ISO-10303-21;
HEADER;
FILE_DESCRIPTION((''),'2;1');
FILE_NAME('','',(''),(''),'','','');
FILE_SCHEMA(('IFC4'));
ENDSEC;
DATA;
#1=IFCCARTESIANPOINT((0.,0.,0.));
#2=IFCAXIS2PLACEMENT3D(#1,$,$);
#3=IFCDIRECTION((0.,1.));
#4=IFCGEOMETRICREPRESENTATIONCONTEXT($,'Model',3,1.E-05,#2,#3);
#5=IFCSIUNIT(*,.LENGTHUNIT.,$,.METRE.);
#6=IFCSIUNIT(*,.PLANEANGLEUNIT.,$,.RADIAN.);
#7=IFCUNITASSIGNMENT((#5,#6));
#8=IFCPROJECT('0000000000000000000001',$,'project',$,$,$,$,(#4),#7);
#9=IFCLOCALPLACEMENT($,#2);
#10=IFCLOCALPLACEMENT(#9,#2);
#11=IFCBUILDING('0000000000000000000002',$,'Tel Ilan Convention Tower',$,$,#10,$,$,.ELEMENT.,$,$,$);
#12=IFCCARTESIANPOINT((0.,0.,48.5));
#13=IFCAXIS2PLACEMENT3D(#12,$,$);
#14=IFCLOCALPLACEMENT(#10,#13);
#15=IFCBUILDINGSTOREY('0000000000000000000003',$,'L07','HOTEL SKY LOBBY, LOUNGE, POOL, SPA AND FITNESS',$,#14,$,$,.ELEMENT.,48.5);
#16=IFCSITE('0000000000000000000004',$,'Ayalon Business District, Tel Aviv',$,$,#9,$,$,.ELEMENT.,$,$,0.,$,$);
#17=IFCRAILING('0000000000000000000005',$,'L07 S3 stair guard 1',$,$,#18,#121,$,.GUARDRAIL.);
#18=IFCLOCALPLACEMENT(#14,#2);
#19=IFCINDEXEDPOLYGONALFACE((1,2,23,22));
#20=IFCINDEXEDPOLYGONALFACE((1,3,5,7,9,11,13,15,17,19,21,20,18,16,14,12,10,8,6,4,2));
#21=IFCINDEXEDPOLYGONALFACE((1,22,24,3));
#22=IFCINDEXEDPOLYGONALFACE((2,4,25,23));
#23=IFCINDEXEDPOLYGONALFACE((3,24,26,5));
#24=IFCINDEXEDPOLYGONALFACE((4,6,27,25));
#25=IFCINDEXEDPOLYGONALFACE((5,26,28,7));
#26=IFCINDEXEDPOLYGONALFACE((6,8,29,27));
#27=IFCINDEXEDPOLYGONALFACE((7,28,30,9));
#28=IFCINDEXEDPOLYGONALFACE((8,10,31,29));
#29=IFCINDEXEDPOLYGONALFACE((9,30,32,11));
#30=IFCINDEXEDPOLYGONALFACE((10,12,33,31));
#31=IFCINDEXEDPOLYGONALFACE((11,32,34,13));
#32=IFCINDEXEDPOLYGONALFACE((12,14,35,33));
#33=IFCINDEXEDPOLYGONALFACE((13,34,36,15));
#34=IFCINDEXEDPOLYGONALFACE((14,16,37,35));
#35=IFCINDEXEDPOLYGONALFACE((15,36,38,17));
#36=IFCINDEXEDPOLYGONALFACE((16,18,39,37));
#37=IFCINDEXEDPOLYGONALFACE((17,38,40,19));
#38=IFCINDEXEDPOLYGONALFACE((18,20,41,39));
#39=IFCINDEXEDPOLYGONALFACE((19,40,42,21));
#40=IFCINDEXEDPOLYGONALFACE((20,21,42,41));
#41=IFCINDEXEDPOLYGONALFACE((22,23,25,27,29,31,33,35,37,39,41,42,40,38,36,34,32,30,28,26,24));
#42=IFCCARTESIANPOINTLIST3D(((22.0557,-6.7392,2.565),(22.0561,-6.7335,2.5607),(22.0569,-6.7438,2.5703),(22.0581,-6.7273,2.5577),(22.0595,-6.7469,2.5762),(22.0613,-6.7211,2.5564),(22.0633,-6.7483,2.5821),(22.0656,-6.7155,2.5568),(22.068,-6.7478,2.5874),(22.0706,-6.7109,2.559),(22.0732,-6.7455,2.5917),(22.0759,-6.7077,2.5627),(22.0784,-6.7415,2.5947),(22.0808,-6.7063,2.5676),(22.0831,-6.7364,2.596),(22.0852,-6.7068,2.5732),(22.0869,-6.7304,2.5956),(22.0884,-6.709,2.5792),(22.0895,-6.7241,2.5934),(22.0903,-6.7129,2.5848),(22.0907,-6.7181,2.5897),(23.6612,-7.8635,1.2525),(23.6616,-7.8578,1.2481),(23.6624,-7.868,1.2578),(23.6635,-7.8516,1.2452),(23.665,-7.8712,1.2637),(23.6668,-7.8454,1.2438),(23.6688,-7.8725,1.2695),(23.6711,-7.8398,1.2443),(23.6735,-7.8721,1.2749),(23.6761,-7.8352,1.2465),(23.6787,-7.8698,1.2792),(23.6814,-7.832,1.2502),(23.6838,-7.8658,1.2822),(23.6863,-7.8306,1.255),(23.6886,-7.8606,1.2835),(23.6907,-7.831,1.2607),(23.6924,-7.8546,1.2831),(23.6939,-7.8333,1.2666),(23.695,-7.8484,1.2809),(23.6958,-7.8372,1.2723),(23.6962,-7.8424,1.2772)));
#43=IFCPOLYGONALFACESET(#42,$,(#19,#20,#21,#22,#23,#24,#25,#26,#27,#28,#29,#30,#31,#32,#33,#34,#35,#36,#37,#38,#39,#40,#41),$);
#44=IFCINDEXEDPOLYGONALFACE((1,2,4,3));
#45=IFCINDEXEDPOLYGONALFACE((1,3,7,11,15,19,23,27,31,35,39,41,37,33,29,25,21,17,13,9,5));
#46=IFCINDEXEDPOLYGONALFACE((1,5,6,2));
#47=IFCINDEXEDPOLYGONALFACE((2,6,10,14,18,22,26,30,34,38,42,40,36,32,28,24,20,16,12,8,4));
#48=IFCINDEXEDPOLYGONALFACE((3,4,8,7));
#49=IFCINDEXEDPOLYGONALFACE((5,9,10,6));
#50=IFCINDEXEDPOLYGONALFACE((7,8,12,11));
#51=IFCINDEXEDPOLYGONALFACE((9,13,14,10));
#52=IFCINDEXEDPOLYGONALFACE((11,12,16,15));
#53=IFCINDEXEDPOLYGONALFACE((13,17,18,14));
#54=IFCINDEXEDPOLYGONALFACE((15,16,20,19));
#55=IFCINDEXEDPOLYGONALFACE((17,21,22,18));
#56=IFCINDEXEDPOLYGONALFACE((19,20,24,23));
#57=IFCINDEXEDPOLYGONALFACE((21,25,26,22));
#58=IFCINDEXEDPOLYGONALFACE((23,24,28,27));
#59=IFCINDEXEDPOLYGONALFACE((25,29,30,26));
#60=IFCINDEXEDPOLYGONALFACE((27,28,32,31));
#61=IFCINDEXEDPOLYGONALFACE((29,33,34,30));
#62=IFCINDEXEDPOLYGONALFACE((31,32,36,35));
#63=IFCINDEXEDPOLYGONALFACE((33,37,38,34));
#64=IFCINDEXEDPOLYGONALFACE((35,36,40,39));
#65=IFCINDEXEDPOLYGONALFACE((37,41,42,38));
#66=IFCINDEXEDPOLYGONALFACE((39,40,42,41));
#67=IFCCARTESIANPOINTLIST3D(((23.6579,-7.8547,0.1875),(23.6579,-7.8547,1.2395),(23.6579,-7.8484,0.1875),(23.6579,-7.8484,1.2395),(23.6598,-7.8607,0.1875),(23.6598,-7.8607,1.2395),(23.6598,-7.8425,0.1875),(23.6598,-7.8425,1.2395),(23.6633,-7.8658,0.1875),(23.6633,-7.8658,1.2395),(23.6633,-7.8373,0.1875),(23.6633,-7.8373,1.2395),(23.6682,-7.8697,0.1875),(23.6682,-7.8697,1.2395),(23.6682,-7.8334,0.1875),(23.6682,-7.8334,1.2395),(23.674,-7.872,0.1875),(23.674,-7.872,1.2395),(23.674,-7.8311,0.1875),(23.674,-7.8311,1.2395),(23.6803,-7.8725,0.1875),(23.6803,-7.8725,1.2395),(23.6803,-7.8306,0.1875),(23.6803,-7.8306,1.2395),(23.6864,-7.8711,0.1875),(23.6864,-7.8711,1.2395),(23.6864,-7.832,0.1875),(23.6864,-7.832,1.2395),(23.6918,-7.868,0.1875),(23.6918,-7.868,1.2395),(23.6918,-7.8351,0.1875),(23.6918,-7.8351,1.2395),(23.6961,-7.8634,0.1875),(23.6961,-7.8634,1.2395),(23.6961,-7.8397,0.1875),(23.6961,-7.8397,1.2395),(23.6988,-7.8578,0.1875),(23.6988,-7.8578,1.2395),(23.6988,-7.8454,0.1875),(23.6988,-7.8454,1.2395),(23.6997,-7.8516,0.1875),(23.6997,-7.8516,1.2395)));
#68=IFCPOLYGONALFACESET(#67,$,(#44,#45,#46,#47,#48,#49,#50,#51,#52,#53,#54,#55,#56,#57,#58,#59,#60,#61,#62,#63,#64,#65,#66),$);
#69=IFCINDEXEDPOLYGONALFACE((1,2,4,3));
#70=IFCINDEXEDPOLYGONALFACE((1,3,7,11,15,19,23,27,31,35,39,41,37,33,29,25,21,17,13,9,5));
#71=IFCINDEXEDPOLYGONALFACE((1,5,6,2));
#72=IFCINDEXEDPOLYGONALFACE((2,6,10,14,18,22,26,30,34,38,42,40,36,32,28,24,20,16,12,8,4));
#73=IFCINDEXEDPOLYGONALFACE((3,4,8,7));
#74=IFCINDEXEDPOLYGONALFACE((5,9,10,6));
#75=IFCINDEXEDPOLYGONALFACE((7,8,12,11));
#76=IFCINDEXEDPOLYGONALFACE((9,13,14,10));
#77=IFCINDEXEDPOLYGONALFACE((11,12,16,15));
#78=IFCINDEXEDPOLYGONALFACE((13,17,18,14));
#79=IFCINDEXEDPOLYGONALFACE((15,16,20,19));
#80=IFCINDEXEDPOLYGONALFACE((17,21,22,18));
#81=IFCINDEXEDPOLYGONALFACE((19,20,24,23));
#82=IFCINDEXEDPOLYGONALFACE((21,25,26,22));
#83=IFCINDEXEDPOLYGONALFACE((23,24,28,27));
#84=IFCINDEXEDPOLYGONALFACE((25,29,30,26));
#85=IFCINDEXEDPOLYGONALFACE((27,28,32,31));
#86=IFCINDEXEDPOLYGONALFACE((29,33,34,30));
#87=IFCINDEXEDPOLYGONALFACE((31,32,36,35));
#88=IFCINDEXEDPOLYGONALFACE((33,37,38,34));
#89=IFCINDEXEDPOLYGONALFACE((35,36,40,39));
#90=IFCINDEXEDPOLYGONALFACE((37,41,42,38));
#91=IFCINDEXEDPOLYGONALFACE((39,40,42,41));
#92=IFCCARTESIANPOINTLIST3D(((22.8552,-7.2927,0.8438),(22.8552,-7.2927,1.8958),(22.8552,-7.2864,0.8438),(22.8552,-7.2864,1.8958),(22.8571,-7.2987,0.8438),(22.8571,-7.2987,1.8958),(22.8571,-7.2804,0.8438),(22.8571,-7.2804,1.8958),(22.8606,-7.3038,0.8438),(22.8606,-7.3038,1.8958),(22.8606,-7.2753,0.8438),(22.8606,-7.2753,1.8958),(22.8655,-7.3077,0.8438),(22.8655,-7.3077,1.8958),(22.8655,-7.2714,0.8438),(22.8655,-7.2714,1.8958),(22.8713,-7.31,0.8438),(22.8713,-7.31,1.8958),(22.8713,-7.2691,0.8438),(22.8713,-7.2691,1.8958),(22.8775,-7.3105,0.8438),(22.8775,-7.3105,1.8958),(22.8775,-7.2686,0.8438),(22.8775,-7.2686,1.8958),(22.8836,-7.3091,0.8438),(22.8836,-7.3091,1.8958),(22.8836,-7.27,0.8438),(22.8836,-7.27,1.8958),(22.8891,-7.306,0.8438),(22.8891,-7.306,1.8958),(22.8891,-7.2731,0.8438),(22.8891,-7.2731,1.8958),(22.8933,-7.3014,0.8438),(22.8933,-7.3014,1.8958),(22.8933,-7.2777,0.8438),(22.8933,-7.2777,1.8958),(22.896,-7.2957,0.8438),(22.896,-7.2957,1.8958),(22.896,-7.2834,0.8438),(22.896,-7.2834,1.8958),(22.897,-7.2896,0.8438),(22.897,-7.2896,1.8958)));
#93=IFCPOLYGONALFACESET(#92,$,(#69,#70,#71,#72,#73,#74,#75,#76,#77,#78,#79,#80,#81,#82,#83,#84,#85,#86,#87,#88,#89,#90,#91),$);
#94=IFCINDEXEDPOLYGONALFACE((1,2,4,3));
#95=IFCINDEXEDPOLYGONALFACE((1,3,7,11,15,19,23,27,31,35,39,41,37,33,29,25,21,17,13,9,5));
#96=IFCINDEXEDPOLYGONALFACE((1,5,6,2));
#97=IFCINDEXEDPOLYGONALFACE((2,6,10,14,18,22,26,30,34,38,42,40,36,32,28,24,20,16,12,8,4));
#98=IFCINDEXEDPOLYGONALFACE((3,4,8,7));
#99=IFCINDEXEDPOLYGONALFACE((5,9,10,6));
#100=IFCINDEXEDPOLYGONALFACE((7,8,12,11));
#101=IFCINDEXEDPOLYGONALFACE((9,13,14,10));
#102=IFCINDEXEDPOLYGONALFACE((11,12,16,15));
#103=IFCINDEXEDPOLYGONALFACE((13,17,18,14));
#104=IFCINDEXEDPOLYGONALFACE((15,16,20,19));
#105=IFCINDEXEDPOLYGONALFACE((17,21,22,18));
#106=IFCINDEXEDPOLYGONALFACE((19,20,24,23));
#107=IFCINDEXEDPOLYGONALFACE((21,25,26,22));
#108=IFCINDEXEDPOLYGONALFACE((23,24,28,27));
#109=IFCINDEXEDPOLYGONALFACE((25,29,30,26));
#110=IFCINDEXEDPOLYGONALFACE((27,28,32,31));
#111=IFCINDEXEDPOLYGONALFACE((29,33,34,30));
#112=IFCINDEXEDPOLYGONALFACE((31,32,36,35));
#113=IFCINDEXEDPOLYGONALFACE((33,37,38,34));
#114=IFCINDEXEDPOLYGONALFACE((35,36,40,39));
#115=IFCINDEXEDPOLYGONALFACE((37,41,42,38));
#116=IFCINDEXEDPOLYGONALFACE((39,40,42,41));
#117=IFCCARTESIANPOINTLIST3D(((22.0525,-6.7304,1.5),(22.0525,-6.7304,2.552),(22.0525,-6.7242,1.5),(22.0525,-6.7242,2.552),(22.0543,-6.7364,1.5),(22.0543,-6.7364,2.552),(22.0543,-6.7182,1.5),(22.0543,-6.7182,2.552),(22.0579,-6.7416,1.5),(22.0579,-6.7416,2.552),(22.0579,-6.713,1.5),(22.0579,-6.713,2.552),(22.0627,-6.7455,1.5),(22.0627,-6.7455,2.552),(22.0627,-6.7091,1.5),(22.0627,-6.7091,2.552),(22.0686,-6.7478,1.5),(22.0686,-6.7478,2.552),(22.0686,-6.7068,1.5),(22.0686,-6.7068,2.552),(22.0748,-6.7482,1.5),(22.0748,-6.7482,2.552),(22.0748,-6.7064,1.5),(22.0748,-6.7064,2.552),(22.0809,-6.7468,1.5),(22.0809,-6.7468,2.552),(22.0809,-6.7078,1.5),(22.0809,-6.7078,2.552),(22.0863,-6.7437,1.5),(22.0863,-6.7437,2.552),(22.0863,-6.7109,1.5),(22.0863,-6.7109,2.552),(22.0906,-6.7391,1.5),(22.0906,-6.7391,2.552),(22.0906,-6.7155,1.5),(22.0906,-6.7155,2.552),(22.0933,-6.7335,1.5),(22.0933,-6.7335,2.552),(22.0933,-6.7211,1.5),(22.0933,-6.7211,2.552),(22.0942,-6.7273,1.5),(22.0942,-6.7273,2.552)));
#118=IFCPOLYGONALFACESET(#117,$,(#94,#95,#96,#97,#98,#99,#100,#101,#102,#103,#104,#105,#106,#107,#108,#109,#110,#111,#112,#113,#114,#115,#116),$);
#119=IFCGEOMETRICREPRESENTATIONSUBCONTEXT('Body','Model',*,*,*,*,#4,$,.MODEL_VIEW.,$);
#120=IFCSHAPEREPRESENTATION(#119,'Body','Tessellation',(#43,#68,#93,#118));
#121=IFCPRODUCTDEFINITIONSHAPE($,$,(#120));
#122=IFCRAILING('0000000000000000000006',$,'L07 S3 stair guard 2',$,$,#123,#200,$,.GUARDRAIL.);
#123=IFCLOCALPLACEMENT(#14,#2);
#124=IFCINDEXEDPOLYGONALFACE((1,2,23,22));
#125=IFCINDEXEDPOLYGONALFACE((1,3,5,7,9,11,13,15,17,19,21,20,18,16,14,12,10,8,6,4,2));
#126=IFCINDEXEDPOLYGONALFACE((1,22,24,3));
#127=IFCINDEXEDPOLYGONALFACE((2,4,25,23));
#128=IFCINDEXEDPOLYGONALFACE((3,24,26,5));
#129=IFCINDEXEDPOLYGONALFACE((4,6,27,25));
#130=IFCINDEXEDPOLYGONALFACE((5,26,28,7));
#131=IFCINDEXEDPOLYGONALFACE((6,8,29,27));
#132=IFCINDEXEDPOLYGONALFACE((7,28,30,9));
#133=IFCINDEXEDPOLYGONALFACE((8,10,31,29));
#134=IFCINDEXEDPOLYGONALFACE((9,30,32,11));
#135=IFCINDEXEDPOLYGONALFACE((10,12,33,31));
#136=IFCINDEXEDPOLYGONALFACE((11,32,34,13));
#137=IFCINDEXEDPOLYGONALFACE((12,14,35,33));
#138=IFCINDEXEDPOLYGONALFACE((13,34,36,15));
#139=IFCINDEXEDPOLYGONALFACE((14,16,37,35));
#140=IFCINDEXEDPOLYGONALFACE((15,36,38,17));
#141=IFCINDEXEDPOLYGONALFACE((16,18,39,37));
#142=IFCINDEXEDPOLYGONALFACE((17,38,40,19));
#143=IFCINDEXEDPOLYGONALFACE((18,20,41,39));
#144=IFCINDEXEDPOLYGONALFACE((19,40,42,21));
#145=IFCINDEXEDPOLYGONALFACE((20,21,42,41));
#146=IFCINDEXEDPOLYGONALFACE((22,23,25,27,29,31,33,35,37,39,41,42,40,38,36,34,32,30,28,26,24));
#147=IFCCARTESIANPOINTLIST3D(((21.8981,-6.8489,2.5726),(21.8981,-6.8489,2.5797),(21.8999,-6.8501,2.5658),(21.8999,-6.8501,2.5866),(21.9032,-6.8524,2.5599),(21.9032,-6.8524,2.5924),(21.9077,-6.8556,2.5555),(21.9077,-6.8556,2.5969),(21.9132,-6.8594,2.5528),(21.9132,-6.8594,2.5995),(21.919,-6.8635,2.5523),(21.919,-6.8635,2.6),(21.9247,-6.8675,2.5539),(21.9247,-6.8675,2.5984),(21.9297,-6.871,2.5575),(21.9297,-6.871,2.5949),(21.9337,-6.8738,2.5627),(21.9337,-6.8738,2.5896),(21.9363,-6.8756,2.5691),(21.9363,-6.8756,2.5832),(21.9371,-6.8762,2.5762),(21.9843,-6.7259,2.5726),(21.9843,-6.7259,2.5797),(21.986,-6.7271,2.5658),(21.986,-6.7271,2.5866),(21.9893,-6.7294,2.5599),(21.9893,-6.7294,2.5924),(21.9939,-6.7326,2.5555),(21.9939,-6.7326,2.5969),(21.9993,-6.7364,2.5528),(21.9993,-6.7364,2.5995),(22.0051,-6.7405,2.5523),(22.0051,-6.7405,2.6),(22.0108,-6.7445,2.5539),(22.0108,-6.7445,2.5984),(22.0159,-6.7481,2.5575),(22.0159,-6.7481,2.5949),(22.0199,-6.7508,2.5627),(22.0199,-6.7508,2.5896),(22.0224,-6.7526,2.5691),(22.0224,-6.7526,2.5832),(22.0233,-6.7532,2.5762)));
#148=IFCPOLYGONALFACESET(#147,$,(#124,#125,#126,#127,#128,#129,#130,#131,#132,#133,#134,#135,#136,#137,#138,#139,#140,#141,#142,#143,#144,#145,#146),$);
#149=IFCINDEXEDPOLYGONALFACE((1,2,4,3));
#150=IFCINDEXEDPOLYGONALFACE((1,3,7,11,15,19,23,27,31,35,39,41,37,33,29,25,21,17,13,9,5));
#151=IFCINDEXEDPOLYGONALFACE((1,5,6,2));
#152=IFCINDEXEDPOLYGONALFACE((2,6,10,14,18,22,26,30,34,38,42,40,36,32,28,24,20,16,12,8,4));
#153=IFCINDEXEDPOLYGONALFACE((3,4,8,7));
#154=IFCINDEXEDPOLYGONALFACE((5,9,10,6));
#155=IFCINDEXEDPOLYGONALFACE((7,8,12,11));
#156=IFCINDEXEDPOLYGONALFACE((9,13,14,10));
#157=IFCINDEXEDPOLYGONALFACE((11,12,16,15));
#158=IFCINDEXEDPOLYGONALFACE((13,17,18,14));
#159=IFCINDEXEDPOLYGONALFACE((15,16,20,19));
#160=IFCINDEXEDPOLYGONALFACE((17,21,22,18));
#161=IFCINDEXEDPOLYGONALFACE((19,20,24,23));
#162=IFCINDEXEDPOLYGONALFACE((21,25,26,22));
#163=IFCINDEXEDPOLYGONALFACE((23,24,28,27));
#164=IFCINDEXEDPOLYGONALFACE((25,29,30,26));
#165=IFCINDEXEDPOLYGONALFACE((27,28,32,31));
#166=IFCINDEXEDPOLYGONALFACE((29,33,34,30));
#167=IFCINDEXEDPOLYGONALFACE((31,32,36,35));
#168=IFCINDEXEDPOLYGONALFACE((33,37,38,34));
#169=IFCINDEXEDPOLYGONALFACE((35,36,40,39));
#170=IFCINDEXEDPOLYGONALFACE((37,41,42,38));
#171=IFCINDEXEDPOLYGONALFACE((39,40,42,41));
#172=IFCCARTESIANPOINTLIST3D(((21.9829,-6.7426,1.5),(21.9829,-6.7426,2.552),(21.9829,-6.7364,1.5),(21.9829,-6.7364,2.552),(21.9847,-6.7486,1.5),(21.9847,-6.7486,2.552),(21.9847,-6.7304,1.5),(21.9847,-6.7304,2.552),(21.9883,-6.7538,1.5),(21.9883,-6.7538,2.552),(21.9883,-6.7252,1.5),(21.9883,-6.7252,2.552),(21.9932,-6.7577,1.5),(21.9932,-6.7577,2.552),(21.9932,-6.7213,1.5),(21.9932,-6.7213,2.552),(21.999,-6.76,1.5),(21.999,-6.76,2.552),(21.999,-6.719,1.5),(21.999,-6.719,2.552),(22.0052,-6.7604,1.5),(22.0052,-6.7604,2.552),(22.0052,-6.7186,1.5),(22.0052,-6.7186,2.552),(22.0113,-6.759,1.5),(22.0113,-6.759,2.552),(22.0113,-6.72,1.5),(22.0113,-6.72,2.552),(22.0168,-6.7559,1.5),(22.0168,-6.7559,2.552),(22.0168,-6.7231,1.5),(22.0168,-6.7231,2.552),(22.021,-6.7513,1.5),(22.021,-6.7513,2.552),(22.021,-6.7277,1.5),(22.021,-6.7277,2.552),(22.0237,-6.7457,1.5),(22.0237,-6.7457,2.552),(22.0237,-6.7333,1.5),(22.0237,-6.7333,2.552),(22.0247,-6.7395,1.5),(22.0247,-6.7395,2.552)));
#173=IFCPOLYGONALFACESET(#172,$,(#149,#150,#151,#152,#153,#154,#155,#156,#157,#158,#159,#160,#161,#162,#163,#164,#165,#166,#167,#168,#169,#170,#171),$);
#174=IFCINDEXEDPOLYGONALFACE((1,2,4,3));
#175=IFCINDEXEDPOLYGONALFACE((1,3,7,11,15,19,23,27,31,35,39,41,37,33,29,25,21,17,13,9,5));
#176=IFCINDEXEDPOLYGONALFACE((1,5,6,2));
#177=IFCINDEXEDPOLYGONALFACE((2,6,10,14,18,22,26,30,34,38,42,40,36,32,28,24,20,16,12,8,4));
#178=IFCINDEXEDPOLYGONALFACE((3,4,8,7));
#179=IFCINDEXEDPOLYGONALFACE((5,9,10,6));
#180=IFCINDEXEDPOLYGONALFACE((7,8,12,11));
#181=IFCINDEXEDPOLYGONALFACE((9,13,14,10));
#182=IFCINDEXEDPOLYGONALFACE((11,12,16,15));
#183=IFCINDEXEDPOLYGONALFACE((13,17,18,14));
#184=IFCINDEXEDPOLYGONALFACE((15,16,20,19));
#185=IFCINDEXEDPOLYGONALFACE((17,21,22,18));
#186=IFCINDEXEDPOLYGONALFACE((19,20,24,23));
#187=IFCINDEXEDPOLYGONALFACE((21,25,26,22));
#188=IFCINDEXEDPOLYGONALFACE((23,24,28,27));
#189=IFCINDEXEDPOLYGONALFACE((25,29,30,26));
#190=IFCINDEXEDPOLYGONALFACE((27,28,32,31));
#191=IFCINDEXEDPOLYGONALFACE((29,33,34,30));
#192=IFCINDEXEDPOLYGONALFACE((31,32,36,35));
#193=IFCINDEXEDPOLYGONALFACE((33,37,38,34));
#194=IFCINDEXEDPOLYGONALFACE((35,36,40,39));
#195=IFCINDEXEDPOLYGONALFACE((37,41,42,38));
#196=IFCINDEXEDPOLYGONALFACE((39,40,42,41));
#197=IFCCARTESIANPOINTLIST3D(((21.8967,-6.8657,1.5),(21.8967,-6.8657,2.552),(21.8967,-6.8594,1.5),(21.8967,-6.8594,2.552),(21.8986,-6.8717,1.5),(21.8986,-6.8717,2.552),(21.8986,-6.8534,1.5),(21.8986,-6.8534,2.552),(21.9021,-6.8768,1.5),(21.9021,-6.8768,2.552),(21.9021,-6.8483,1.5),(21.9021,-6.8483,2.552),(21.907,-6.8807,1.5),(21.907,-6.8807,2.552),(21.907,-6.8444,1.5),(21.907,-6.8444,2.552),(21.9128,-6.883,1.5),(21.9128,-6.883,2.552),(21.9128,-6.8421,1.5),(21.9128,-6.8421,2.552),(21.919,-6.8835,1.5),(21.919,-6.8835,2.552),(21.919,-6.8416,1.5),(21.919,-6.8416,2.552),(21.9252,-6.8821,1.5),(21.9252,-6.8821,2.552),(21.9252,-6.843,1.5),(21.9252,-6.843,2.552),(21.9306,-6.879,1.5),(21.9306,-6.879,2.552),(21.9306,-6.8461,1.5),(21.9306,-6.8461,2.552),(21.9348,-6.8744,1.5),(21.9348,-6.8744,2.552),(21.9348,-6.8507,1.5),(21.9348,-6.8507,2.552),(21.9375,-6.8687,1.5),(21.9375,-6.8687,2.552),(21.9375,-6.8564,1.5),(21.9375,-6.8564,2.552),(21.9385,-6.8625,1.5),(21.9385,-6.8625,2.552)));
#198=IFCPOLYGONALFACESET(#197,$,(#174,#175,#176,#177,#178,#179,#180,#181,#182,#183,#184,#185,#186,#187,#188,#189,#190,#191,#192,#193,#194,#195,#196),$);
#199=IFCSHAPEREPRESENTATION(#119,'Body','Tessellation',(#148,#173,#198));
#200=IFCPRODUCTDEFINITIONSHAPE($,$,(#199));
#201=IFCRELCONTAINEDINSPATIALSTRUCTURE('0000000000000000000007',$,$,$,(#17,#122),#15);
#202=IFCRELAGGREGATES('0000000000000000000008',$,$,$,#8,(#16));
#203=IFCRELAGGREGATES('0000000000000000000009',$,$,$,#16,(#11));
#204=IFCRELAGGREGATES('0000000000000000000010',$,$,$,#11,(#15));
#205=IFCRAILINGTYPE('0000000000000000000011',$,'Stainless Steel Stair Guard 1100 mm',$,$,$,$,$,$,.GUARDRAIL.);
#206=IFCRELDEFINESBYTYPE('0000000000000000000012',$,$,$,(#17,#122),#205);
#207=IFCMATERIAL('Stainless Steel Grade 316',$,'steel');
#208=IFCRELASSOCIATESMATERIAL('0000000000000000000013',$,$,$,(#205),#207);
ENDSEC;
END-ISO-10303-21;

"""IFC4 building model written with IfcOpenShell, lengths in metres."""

from ifc_helpers import new_model, si_unit, direction, frame, origin, origin_2d, place, context, subcontext, project, spatial, circle, extrude, material, type_object, element, save


model = new_model("IFC4")

# Units and contexts
model_context = context("Model", 3, precision=1e-05, world=origin(), true_north=direction((0.0, 1.0)))
body_context = subcontext(model_context, "Body", "Model", "MODEL_VIEW")
ifc_project = project(units=[si_unit("LENGTHUNIT", "METRE"), si_unit("PLANEANGLEUNIT", "RADIAN")], contexts=[model_context])

# Site, building, storey
site_placement = place(None, origin())
site = spatial("IfcSite", under=ifc_project, at=site_placement, Name="Ayalon Business District, Tel Aviv", CompositionType="ELEMENT", RefElevation=0.0)
building_placement = place(site_placement, origin())
building = spatial("IfcBuilding", under=site, at=building_placement, Name="Tel Ilan Convention Tower", CompositionType="ELEMENT")
storey_placement = place(building_placement, frame((0.0, 0.0, 48.5)))
storey = spatial("IfcBuildingStorey", under=building, at=storey_placement, Name="L07", Description="HOTEL SKY LOBBY, LOUNGE, POOL, SPA AND FITNESS", CompositionType="ELEMENT", Elevation=48.5)

# Railings
ifc_material_1 = material(Name="Stainless Steel Grade 316", Category="steel")
railing_type_1 = type_object("IfcRailingType", Name="Stainless Steel Stair Guard 1100 mm", PredefinedType="GUARDRAIL", material=ifc_material_1)
railing_1_placement = place(storey_placement, frame((23.6787, -7.8516, 0.1875)))
element("IfcRailing", 1, at=railing_1_placement, inside=storey, type_object=railing_type_1, Name="L07 S3 stair guard 1", PredefinedType="GUARDRAIL", context=body_context, shape_type="SweptSolid", body=[
    extrude(circle(Radius=0.0239, at=origin_2d()), frame((0.0, 0.0, 1.0762), z_axis=(-0.680616, 0.476617, 0.556416), x_axis=(-0.573613, -0.819127, 0.0)), (0.0, 0.0, 1.0), 2.3589),
    extrude(circle(Radius=0.021, at=origin_2d()), origin(), (0.0, 0.0, 1.0), 1.052),
    extrude(circle(Radius=0.021, at=origin_2d()), frame((-0.8027, 0.562, 0.6562)), (0.0, 0.0, 1.0), 1.052),
    extrude(circle(Radius=0.021, at=origin_2d()), frame((-1.6055, 1.1243, 1.3125)), (0.0, 0.0, 1.0), 1.052),
])
railing_2_placement = place(storey_placement, frame((22.0037, -6.7395, 1.5)))
element("IfcRailing", 2, at=railing_2_placement, inside=storey, type_object=railing_type_1, Name="L07 S3 stair guard 2", PredefinedType="GUARDRAIL", context=body_context, shape_type="SweptSolid", body=[
    extrude(circle(Radius=0.0239, at=origin_2d()), frame((0.0, 0.0, 1.0762), z_axis=(-0.57368, -0.819079, 0.0), x_axis=(0.819079, -0.57368, 0.0)), (0.0, 0.0, 1.0), 0.1501),
    extrude(circle(Radius=0.021, at=origin_2d()), origin(), (0.0, 0.0, 1.0), 1.052),
    extrude(circle(Radius=0.021, at=origin_2d()), frame((-0.0862, -0.123, 0.0)), (0.0, 0.0, 1.0), 1.052),
])

save(model, "model.ifc")
